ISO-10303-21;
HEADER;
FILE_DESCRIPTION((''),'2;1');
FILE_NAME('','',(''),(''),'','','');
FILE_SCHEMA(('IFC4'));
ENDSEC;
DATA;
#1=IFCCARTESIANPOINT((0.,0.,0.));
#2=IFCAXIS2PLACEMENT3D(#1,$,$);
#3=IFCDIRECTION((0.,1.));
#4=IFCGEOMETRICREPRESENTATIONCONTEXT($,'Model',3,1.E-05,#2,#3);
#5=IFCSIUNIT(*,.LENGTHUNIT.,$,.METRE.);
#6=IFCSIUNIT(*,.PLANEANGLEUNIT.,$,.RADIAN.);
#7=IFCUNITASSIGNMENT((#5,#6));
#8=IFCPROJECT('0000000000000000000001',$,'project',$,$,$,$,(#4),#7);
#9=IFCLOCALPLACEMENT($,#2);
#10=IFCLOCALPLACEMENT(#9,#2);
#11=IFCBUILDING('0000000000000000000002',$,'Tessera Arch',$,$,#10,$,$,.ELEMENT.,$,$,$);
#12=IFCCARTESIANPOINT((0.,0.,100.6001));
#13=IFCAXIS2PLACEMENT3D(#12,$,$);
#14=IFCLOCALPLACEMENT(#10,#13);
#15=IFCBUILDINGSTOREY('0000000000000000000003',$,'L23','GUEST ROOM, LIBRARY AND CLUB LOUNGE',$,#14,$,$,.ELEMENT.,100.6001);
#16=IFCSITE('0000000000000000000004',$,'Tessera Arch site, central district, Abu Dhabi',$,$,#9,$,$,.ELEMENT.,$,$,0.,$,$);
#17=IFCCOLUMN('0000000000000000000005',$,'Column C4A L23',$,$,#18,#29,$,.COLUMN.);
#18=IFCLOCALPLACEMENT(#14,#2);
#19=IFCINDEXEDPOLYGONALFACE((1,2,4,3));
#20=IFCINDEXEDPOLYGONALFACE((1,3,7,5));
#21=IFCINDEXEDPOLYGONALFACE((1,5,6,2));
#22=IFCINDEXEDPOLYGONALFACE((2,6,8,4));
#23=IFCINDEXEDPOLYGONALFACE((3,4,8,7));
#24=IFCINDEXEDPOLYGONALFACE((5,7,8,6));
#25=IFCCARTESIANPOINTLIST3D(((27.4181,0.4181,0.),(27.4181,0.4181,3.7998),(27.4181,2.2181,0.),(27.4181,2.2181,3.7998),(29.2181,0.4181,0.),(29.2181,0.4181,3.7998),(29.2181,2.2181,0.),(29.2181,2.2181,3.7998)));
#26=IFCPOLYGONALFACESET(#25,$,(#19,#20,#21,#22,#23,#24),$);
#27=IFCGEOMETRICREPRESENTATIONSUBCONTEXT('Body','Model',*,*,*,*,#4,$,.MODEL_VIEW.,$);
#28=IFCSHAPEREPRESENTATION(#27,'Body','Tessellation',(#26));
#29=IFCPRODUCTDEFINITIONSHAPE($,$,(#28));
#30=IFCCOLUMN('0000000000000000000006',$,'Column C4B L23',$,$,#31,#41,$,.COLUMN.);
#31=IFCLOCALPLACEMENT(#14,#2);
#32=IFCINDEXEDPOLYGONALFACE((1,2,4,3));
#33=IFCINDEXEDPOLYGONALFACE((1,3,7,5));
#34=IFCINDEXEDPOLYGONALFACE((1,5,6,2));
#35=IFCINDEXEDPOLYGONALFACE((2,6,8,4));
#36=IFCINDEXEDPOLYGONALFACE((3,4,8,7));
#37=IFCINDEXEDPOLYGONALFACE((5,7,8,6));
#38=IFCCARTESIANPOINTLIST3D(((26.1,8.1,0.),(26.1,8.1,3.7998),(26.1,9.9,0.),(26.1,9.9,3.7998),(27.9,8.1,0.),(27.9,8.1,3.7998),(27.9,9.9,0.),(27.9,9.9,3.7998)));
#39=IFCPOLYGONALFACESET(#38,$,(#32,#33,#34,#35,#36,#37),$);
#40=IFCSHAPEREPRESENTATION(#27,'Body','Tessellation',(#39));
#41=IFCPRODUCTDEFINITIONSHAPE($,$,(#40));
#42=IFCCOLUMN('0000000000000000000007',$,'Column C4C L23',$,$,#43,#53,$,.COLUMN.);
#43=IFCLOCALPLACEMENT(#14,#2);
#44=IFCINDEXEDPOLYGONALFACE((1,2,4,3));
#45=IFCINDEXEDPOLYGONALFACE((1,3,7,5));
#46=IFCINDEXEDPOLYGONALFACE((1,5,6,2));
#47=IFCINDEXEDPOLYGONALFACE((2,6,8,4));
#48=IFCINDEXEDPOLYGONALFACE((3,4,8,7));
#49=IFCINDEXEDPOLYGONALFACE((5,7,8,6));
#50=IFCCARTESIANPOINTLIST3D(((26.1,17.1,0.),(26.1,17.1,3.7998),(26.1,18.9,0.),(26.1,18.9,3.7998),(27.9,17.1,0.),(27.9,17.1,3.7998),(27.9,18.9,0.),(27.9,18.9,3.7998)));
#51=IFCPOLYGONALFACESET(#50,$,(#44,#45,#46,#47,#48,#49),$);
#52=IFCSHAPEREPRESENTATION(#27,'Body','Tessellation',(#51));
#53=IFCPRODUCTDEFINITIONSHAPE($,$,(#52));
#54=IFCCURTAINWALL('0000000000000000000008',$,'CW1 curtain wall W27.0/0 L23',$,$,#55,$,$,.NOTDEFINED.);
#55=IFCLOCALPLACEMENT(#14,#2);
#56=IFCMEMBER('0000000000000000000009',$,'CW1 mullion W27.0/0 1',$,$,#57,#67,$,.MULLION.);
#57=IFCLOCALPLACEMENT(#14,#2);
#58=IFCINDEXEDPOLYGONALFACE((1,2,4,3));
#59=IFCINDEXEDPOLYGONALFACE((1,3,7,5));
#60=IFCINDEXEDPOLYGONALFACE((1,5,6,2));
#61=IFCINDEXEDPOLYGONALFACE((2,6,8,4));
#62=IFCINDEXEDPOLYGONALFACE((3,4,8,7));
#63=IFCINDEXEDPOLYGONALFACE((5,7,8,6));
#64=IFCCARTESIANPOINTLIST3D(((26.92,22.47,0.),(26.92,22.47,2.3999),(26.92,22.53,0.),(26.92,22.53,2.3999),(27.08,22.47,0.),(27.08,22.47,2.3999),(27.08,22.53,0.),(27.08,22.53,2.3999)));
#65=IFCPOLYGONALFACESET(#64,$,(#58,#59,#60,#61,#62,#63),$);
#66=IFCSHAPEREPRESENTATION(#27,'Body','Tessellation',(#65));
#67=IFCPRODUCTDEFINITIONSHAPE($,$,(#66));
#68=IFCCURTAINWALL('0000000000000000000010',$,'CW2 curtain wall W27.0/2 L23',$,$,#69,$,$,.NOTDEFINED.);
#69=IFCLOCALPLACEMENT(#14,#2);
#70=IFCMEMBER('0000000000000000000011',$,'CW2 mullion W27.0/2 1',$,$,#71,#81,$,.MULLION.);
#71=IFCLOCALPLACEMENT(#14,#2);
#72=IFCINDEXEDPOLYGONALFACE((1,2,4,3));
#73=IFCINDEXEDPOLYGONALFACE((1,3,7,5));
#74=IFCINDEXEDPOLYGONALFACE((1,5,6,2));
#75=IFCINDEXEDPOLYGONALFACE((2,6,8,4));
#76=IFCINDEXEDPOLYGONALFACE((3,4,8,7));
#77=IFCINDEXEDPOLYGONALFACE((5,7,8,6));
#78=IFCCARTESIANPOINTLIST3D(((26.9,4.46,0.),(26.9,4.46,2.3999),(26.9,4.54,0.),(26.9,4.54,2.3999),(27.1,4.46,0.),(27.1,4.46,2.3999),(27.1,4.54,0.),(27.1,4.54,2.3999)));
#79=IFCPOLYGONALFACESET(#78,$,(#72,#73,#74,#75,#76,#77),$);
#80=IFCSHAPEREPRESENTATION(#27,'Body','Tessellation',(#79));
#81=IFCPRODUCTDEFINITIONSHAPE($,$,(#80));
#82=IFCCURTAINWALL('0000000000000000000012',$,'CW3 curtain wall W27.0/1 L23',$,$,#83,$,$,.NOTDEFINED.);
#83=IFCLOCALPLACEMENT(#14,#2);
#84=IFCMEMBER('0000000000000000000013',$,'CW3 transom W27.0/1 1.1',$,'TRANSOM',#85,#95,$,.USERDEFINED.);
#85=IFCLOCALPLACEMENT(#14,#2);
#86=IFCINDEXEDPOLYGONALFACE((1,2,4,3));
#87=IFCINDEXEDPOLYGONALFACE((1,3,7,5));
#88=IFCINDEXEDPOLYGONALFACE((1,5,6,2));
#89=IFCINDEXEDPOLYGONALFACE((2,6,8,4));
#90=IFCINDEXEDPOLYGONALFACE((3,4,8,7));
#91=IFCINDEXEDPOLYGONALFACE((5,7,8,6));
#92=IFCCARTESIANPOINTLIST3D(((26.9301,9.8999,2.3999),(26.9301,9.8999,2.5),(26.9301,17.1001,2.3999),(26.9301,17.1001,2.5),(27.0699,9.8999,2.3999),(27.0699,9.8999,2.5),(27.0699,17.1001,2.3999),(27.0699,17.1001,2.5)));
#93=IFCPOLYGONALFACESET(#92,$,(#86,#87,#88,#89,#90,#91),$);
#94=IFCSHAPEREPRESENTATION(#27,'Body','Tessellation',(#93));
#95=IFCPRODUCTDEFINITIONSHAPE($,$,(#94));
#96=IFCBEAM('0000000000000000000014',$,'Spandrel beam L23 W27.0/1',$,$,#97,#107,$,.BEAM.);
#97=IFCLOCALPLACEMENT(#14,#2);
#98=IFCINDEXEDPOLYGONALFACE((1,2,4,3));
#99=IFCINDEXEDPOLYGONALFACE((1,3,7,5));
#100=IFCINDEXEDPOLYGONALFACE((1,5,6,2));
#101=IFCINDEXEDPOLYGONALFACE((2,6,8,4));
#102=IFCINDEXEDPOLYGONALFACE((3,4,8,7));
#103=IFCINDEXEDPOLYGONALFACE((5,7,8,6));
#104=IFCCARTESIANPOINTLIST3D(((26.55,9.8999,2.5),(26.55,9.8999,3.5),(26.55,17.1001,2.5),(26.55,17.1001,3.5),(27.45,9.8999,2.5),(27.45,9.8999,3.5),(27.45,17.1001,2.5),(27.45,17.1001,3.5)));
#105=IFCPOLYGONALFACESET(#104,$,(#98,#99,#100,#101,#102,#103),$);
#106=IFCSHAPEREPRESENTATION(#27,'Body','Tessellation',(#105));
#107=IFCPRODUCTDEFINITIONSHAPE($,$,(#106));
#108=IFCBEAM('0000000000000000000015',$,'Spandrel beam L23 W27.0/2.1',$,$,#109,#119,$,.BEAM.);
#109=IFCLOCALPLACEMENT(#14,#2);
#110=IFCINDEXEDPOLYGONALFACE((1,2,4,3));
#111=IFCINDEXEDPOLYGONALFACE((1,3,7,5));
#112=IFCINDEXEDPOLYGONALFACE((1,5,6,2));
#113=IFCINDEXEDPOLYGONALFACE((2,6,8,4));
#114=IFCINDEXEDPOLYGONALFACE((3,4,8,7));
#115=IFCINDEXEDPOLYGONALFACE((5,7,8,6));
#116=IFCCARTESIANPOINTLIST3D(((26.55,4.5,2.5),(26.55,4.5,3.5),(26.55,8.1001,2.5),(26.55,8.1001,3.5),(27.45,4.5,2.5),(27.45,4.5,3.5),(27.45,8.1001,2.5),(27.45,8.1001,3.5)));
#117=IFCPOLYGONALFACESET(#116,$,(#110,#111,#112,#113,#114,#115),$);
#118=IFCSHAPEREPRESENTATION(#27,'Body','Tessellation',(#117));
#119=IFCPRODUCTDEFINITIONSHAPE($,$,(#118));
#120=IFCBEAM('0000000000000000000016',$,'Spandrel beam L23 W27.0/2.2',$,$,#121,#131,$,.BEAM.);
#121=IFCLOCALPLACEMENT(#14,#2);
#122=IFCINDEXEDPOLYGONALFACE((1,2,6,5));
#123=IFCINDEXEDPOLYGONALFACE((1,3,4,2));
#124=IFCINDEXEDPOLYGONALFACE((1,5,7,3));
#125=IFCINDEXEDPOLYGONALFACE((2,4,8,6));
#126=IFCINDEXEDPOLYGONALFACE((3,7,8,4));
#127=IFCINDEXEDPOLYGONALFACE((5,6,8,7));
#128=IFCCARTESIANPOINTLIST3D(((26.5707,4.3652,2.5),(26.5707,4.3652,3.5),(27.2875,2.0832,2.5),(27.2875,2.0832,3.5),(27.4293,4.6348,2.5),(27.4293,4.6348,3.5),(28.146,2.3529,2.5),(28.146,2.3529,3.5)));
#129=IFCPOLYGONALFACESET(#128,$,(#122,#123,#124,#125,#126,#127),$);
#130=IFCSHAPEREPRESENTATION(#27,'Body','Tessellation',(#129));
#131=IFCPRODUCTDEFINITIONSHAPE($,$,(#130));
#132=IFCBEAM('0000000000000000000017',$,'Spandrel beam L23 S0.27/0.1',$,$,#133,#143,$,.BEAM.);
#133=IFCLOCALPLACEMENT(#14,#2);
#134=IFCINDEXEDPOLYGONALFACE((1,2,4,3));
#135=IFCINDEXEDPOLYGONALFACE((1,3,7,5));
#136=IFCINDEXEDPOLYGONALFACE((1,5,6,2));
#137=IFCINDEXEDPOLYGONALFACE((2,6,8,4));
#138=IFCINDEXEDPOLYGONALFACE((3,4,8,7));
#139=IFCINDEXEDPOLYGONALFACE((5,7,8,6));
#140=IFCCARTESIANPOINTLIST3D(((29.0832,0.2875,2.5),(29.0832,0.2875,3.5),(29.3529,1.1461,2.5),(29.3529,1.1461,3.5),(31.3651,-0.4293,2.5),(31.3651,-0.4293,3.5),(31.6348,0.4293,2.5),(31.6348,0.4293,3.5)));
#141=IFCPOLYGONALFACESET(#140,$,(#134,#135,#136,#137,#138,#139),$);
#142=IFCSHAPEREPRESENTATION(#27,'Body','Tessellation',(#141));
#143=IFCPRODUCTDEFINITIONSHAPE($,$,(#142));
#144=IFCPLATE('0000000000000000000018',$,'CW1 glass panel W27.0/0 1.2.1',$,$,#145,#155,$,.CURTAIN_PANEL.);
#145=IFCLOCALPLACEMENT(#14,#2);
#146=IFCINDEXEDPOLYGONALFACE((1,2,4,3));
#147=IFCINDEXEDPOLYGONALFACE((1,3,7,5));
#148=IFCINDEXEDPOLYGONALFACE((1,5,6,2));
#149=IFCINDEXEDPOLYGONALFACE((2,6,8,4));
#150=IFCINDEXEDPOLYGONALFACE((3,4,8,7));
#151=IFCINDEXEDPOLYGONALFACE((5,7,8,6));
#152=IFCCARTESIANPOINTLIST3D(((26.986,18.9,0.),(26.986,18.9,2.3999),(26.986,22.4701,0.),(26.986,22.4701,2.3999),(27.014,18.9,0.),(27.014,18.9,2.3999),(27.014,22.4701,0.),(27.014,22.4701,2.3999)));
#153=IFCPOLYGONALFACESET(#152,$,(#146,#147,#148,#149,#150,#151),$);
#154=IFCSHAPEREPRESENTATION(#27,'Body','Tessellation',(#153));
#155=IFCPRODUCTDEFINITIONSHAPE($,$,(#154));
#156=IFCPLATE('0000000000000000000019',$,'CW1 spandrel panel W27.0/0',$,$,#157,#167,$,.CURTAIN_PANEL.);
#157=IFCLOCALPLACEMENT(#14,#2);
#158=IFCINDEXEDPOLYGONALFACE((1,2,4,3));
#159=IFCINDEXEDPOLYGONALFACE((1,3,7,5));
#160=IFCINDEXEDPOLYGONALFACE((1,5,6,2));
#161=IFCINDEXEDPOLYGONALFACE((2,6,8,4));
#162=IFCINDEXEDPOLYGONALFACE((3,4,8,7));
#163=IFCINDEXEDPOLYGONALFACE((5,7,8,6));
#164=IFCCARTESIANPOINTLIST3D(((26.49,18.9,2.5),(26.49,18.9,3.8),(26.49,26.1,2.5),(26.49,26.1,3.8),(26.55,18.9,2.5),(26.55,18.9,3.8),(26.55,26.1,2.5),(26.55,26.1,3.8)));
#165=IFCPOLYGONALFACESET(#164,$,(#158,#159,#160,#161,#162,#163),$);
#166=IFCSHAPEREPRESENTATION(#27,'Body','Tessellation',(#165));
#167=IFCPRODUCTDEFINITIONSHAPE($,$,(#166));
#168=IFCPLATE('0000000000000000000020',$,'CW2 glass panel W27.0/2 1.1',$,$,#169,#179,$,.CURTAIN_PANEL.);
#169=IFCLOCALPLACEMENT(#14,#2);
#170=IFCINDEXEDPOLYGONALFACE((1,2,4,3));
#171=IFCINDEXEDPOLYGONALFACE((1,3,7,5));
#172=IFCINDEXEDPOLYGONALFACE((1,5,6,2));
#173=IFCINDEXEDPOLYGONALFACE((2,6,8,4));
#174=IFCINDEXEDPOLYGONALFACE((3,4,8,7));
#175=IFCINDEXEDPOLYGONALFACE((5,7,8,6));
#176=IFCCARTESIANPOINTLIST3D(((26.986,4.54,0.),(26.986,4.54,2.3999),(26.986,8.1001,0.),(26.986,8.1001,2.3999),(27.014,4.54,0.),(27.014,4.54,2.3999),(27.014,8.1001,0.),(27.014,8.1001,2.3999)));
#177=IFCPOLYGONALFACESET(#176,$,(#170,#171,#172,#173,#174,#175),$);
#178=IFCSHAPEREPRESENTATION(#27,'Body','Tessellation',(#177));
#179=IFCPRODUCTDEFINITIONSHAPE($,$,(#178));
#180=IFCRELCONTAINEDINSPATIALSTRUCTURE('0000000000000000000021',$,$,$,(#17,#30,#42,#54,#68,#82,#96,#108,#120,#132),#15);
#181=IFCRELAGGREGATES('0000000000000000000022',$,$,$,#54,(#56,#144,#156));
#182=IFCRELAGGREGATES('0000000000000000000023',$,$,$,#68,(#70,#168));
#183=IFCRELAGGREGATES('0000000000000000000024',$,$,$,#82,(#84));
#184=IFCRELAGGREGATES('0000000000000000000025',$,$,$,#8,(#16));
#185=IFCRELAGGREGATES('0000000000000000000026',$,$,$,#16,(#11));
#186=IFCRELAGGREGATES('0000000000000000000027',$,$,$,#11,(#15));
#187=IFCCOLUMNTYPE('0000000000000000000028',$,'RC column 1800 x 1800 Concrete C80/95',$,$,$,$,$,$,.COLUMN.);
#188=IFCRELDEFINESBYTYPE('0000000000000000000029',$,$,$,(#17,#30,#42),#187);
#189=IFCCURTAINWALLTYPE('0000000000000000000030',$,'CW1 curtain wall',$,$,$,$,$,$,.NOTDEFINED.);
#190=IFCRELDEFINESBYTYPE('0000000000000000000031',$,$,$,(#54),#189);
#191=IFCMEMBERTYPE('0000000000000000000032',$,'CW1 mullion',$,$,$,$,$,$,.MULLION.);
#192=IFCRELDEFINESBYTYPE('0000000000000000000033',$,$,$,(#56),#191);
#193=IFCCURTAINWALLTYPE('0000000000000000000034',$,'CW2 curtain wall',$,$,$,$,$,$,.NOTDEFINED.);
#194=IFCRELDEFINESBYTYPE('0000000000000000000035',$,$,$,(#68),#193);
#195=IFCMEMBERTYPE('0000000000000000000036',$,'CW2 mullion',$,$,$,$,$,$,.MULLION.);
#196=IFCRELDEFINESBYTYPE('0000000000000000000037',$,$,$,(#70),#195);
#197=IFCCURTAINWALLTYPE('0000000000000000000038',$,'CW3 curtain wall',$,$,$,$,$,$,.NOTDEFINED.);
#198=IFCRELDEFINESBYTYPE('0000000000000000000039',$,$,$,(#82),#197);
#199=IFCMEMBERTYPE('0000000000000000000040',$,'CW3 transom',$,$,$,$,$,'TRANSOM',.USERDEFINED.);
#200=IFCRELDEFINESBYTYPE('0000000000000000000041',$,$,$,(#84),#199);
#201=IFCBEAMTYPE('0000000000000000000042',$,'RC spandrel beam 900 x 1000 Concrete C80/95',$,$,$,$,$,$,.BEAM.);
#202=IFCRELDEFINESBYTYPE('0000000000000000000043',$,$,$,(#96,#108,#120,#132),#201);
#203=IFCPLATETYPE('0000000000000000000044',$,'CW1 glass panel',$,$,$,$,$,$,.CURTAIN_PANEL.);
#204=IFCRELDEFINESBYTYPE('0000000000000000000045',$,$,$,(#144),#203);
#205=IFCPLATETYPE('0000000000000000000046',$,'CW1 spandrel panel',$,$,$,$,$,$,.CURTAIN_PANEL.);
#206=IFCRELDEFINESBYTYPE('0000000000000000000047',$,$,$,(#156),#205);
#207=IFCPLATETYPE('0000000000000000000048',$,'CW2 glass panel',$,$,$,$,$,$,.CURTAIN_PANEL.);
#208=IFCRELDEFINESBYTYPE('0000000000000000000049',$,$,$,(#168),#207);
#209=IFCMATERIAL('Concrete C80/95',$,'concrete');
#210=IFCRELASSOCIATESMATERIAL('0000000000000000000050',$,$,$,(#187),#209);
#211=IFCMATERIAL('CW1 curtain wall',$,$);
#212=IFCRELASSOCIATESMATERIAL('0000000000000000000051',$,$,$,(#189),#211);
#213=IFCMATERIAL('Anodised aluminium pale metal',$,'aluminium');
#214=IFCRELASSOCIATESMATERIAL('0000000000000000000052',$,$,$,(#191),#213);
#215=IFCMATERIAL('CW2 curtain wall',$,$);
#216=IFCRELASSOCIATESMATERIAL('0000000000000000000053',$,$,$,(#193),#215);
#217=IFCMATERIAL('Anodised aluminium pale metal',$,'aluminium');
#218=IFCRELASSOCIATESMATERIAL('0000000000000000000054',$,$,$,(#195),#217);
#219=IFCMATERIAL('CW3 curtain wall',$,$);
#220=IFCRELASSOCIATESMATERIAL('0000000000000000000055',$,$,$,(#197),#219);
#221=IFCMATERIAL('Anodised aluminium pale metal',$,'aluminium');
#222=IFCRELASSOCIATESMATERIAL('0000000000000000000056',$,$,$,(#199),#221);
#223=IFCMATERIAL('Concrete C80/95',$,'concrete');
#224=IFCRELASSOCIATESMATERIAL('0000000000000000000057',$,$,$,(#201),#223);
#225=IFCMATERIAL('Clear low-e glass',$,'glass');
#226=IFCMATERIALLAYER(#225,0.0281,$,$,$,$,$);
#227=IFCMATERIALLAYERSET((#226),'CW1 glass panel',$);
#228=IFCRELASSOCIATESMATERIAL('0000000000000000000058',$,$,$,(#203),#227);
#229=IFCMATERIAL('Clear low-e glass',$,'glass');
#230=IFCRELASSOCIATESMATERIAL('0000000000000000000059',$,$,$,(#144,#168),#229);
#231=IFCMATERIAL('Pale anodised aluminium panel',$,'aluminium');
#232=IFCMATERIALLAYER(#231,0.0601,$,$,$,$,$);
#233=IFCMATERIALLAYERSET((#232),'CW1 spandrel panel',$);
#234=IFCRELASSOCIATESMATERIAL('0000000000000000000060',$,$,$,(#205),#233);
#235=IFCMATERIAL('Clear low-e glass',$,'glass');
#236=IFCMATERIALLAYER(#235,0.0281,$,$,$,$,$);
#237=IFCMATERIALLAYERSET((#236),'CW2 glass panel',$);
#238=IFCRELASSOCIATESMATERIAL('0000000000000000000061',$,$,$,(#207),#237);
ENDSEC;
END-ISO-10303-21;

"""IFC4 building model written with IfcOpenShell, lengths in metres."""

from ifc_helpers import new_model, si_unit, direction, frame, origin, origin_2d, place, context, subcontext, project, spatial, rectangle, extrude, material, layer, layer_set, material_profile, profile_set, type_object, element, aggregate, save


model = new_model("IFC4")

# Units and contexts
model_context = context("Model", 3, precision=1e-05, world=origin(), true_north=direction((0.0, 1.0)))
body_context = subcontext(model_context, "Body", "Model", "MODEL_VIEW")
ifc_project = project(units=[si_unit("LENGTHUNIT", "METRE"), si_unit("PLANEANGLEUNIT", "RADIAN")], contexts=[model_context])

# Site, building, storey
site_placement = place(None, origin())
site = spatial("IfcSite", under=ifc_project, at=site_placement, Name="Tessera Arch site, central district, Abu Dhabi", CompositionType="ELEMENT", RefElevation=0.0)
building_placement = place(site_placement, origin())
building = spatial("IfcBuilding", under=site, at=building_placement, Name="Tessera Arch", CompositionType="ELEMENT")
storey_placement = place(building_placement, frame((0.0, 0.0, 100.6001)))
storey = spatial("IfcBuildingStorey", under=building, at=storey_placement, Name="L23", Description="GUEST ROOM, LIBRARY AND CLUB LOUNGE", CompositionType="ELEMENT", Elevation=100.6001)

# Columns
ifc_material_1 = material(Name="Concrete C80/95", Category="concrete")
ifc_material_profile_1 = material_profile(ifc_material_1, rectangle(XDim=1.8, YDim=1.8, at=origin_2d()), Name="RC column 1800 x 1800 Concrete C80/95")
ifc_profile_set_1 = profile_set([ifc_material_profile_1], Name="Concrete C80/95")
column_type = type_object("IfcColumnType", Name="RC column 1800 x 1800 Concrete C80/95", PredefinedType="COLUMN", material=ifc_profile_set_1)
for number, where, z_axis, x_axis, name in (
    (1, (28.3181, 1.3181, 0.0), (0.0, 0.0, 1.0), (1.0, 0.0, 0.0), "Column C4A L23"),
    (2, (27.0, 9.0, 0.0), (0.0, 0.0, 1.0), (1.0, 0.0, 0.0), "Column C4B L23"),
    (3, (27.0, 18.0, 0.0), (0.0, 0.0, 1.0), (1.0, 0.0, 0.0), "Column C4C L23"),
):
    element("IfcColumn", number, at=place(storey_placement, frame(where, z_axis=z_axis, x_axis=x_axis)), inside=storey, type_object=column_type, Name=name, PredefinedType="COLUMN", context=body_context, shape_type="SweptSolid", body=[
        extrude(rectangle(XDim=1.8, YDim=1.8, at=origin_2d()), origin(), (0.0, 0.0, 1.0), 3.7998),
    ])

# Curtain walls, members
ifc_material_2 = material(Name="CW1 curtain wall")
curtain_wall_type_1 = type_object("IfcCurtainWallType", Name="CW1 curtain wall", PredefinedType="NOTDEFINED", material=ifc_material_2)
curtain_wall_1_placement = place(storey_placement, origin())
curtain_wall_1 = element("IfcCurtainWall", 4, at=curtain_wall_1_placement, inside=storey, type_object=curtain_wall_type_1, Name="CW1 curtain wall W27.0/0 L23", PredefinedType="NOTDEFINED")
ifc_material_3 = material(Name="Anodised aluminium pale metal", Category="aluminium")
ifc_material_profile_2 = material_profile(ifc_material_3, rectangle(XDim=0.1599, YDim=0.0601, at=origin_2d()), Name="AL 60x160")
ifc_profile_set_2 = profile_set([ifc_material_profile_2], Name="Anodised aluminium pale metal")
member_type_1 = type_object("IfcMemberType", Name="CW1 mullion", PredefinedType="MULLION", material=ifc_profile_set_2)
member_1_placement = place(storey_placement, frame((27.0, 22.5, 0.0), z_axis=(0.0, 0.0, 1.0), x_axis=(1.0, 0.0, 0.0)))
member_1 = element("IfcMember", 5, at=member_1_placement, type_object=member_type_1, Name="CW1 mullion W27.0/0 1", PredefinedType="MULLION", context=body_context, shape_type="SweptSolid", body=[
    extrude(rectangle(XDim=0.1599, YDim=0.0601, at=origin_2d()), origin(), (0.0, 0.0, 1.0), 2.3999),
])
ifc_material_4 = material(Name="CW2 curtain wall")
curtain_wall_type_2 = type_object("IfcCurtainWallType", Name="CW2 curtain wall", PredefinedType="NOTDEFINED", material=ifc_material_4)
curtain_wall_2_placement = place(storey_placement, origin())
curtain_wall_2 = element("IfcCurtainWall", 6, at=curtain_wall_2_placement, inside=storey, type_object=curtain_wall_type_2, Name="CW2 curtain wall W27.0/2 L23", PredefinedType="NOTDEFINED")
ifc_material_5 = material(Name="Anodised aluminium pale metal", Category="aluminium")
ifc_material_profile_3 = material_profile(ifc_material_5, rectangle(XDim=0.2, YDim=0.0801, at=origin_2d()), Name="AL 80x200")
ifc_profile_set_3 = profile_set([ifc_material_profile_3], Name="Anodised aluminium pale metal")
member_type_2 = type_object("IfcMemberType", Name="CW2 mullion", PredefinedType="MULLION", material=ifc_profile_set_3)
member_2_placement = place(storey_placement, frame((27.0, 4.5, 0.0), z_axis=(0.0, 0.0, 1.0), x_axis=(1.0, 0.0, 0.0)))
member_2 = element("IfcMember", 7, at=member_2_placement, type_object=member_type_2, Name="CW2 mullion W27.0/2 1", PredefinedType="MULLION", context=body_context, shape_type="SweptSolid", body=[
    extrude(rectangle(XDim=0.2, YDim=0.0801, at=origin_2d()), origin(), (0.0, 0.0, 1.0), 2.3999),
])
ifc_material_6 = material(Name="CW3 curtain wall")
curtain_wall_type_3 = type_object("IfcCurtainWallType", Name="CW3 curtain wall", PredefinedType="NOTDEFINED", material=ifc_material_6)
curtain_wall_3_placement = place(storey_placement, origin())
curtain_wall_3 = element("IfcCurtainWall", 8, at=curtain_wall_3_placement, inside=storey, type_object=curtain_wall_type_3, Name="CW3 curtain wall W27.0/1 L23", PredefinedType="NOTDEFINED")
ifc_material_7 = material(Name="Anodised aluminium pale metal", Category="aluminium")
ifc_material_profile_4 = material_profile(ifc_material_7, rectangle(XDim=0.1399, YDim=0.1001, at=origin_2d()), Name="AL 140x100")
ifc_profile_set_4 = profile_set([ifc_material_profile_4], Name="Anodised aluminium pale metal")
member_type_3 = type_object("IfcMemberType", Name="CW3 transom", ElementType="TRANSOM", PredefinedType="USERDEFINED", material=ifc_profile_set_4)
member_3_placement = place(storey_placement, frame((27.0, 17.1001, 2.45), z_axis=(0.0, -1.0, 0.0), x_axis=(1.0, 0.0, 0.0)))
member_3 = element("IfcMember", 9, at=member_3_placement, type_object=member_type_3, Name="CW3 transom W27.0/1 1.1", ObjectType="TRANSOM", PredefinedType="USERDEFINED", context=body_context, shape_type="SweptSolid", body=[
    extrude(rectangle(XDim=0.1399, YDim=0.1001, at=origin_2d()), origin(), (0.0, 0.0, 1.0), 7.2002),
])

# Beams
ifc_material_8 = material(Name="Concrete C80/95", Category="concrete")
ifc_material_profile_5 = material_profile(ifc_material_8, rectangle(XDim=0.8999, YDim=1.0, at=origin_2d()), Name="RC spandrel beam 900 x 1000 Concrete C80/95")
ifc_profile_set_5 = profile_set([ifc_material_profile_5], Name="Concrete C80/95")
beam_type = type_object("IfcBeamType", Name="RC spandrel beam 900 x 1000 Concrete C80/95", PredefinedType="BEAM", material=ifc_profile_set_5)
beam_1_placement = place(storey_placement, frame((27.0, 17.1001, 3.0), z_axis=(0.0, -1.0, 0.0), x_axis=(1.0, 0.0, 0.0)))
element("IfcBeam", 10, at=beam_1_placement, inside=storey, type_object=beam_type, Name="Spandrel beam L23 W27.0/1", PredefinedType="BEAM", context=body_context, shape_type="SweptSolid", body=[
    extrude(rectangle(XDim=0.8999, YDim=1.0, at=origin_2d()), origin(), (0.0, 0.0, 1.0), 7.2002),
])
beam_2_placement = place(storey_placement, frame((27.0, 8.1001, 3.0), z_axis=(0.0, -1.0, 0.0), x_axis=(1.0, 0.0, 0.0)))
element("IfcBeam", 11, at=beam_2_placement, inside=storey, type_object=beam_type, Name="Spandrel beam L23 W27.0/2.1", PredefinedType="BEAM", context=body_context, shape_type="SweptSolid", body=[
    extrude(rectangle(XDim=0.8999, YDim=1.0, at=origin_2d()), origin(), (0.0, 0.0, 1.0), 3.6001),
])
for number, where, z_axis, x_axis, name in (
    (12, (27.0, 4.5, 3.0), (0.299675, -0.954041, 0.0), (0.954041, 0.299675, 0.0), "Spandrel beam L23 W27.0/2.2"),
    (13, (29.218, 0.7168, 3.0), (0.954041, -0.299675, 0.0), (0.299675, 0.954041, 0.0), "Spandrel beam L23 S0.27/0.1"),
):
    element("IfcBeam", number, at=place(storey_placement, frame(where, z_axis=z_axis, x_axis=x_axis)), inside=storey, type_object=beam_type, Name=name, PredefinedType="BEAM", context=body_context, shape_type="SweptSolid", body=[
        extrude(rectangle(XDim=0.8999, YDim=1.0, at=origin_2d()), origin(), (0.0, 0.0, 1.0), 2.3918),
    ])

# Plates
ifc_material_9 = material(Name="Clear low-e glass", Category="glass")
ifc_material_10 = material(Name="Clear low-e glass", Category="glass")
ifc_layer_1 = layer(ifc_material_10, 0.0281)
ifc_layer_set_1 = layer_set([ifc_layer_1], Name="CW1 glass panel")
plate_type_1 = type_object("IfcPlateType", Name="CW1 glass panel", PredefinedType="CURTAIN_PANEL", material=ifc_layer_set_1)
plate_1_placement = place(storey_placement, frame((27.0, 20.6851, 0.0), z_axis=(0.0, 0.0, 1.0), x_axis=(0.0, -1.0, 0.0)))
plate_1 = element("IfcPlate", 14, at=plate_1_placement, type_object=plate_type_1, material=ifc_material_9, Name="CW1 glass panel W27.0/0 1.2.1", PredefinedType="CURTAIN_PANEL", context=body_context, shape_type="SweptSolid", body=[
    extrude(rectangle(XDim=3.5701, YDim=0.0281, at=origin_2d()), origin(), (0.0, 0.0, 1.0), 2.3999),
])
ifc_material_11 = material(Name="Pale anodised aluminium panel", Category="aluminium")
ifc_layer_2 = layer(ifc_material_11, 0.0601)
ifc_layer_set_2 = layer_set([ifc_layer_2], Name="CW1 spandrel panel")
plate_type_2 = type_object("IfcPlateType", Name="CW1 spandrel panel", PredefinedType="CURTAIN_PANEL", material=ifc_layer_set_2)
plate_2_placement = place(storey_placement, frame((26.52, 22.5, 2.5), z_axis=(0.0, 0.0, 1.0), x_axis=(0.0, -1.0, 0.0)))
plate_2 = element("IfcPlate", 15, at=plate_2_placement, type_object=plate_type_2, Name="CW1 spandrel panel W27.0/0", PredefinedType="CURTAIN_PANEL", context=body_context, shape_type="SweptSolid", body=[
    extrude(rectangle(XDim=7.2, YDim=0.0601, at=origin_2d()), origin(), (0.0, 0.0, 1.0), 1.3),
])
aggregate(curtain_wall_1, [member_1, plate_1, plate_2])
ifc_material_12 = material(Name="Clear low-e glass", Category="glass")
ifc_layer_3 = layer(ifc_material_12, 0.0281)
ifc_layer_set_3 = layer_set([ifc_layer_3], Name="CW2 glass panel")
plate_type_3 = type_object("IfcPlateType", Name="CW2 glass panel", PredefinedType="CURTAIN_PANEL", material=ifc_layer_set_3)
plate_3_placement = place(storey_placement, frame((27.0, 6.3201, 0.0), z_axis=(0.0, 0.0, 1.0), x_axis=(0.0, -1.0, 0.0)))
plate_3 = element("IfcPlate", 16, at=plate_3_placement, type_object=plate_type_3, material=ifc_material_9, Name="CW2 glass panel W27.0/2 1.1", PredefinedType="CURTAIN_PANEL", context=body_context, shape_type="SweptSolid", body=[
    extrude(rectangle(XDim=3.5601, YDim=0.0281, at=origin_2d()), origin(), (0.0, 0.0, 1.0), 2.3999),
])
aggregate(curtain_wall_2, [member_2, plate_3])
aggregate(curtain_wall_3, [member_3])

save(model, "model.ifc")
